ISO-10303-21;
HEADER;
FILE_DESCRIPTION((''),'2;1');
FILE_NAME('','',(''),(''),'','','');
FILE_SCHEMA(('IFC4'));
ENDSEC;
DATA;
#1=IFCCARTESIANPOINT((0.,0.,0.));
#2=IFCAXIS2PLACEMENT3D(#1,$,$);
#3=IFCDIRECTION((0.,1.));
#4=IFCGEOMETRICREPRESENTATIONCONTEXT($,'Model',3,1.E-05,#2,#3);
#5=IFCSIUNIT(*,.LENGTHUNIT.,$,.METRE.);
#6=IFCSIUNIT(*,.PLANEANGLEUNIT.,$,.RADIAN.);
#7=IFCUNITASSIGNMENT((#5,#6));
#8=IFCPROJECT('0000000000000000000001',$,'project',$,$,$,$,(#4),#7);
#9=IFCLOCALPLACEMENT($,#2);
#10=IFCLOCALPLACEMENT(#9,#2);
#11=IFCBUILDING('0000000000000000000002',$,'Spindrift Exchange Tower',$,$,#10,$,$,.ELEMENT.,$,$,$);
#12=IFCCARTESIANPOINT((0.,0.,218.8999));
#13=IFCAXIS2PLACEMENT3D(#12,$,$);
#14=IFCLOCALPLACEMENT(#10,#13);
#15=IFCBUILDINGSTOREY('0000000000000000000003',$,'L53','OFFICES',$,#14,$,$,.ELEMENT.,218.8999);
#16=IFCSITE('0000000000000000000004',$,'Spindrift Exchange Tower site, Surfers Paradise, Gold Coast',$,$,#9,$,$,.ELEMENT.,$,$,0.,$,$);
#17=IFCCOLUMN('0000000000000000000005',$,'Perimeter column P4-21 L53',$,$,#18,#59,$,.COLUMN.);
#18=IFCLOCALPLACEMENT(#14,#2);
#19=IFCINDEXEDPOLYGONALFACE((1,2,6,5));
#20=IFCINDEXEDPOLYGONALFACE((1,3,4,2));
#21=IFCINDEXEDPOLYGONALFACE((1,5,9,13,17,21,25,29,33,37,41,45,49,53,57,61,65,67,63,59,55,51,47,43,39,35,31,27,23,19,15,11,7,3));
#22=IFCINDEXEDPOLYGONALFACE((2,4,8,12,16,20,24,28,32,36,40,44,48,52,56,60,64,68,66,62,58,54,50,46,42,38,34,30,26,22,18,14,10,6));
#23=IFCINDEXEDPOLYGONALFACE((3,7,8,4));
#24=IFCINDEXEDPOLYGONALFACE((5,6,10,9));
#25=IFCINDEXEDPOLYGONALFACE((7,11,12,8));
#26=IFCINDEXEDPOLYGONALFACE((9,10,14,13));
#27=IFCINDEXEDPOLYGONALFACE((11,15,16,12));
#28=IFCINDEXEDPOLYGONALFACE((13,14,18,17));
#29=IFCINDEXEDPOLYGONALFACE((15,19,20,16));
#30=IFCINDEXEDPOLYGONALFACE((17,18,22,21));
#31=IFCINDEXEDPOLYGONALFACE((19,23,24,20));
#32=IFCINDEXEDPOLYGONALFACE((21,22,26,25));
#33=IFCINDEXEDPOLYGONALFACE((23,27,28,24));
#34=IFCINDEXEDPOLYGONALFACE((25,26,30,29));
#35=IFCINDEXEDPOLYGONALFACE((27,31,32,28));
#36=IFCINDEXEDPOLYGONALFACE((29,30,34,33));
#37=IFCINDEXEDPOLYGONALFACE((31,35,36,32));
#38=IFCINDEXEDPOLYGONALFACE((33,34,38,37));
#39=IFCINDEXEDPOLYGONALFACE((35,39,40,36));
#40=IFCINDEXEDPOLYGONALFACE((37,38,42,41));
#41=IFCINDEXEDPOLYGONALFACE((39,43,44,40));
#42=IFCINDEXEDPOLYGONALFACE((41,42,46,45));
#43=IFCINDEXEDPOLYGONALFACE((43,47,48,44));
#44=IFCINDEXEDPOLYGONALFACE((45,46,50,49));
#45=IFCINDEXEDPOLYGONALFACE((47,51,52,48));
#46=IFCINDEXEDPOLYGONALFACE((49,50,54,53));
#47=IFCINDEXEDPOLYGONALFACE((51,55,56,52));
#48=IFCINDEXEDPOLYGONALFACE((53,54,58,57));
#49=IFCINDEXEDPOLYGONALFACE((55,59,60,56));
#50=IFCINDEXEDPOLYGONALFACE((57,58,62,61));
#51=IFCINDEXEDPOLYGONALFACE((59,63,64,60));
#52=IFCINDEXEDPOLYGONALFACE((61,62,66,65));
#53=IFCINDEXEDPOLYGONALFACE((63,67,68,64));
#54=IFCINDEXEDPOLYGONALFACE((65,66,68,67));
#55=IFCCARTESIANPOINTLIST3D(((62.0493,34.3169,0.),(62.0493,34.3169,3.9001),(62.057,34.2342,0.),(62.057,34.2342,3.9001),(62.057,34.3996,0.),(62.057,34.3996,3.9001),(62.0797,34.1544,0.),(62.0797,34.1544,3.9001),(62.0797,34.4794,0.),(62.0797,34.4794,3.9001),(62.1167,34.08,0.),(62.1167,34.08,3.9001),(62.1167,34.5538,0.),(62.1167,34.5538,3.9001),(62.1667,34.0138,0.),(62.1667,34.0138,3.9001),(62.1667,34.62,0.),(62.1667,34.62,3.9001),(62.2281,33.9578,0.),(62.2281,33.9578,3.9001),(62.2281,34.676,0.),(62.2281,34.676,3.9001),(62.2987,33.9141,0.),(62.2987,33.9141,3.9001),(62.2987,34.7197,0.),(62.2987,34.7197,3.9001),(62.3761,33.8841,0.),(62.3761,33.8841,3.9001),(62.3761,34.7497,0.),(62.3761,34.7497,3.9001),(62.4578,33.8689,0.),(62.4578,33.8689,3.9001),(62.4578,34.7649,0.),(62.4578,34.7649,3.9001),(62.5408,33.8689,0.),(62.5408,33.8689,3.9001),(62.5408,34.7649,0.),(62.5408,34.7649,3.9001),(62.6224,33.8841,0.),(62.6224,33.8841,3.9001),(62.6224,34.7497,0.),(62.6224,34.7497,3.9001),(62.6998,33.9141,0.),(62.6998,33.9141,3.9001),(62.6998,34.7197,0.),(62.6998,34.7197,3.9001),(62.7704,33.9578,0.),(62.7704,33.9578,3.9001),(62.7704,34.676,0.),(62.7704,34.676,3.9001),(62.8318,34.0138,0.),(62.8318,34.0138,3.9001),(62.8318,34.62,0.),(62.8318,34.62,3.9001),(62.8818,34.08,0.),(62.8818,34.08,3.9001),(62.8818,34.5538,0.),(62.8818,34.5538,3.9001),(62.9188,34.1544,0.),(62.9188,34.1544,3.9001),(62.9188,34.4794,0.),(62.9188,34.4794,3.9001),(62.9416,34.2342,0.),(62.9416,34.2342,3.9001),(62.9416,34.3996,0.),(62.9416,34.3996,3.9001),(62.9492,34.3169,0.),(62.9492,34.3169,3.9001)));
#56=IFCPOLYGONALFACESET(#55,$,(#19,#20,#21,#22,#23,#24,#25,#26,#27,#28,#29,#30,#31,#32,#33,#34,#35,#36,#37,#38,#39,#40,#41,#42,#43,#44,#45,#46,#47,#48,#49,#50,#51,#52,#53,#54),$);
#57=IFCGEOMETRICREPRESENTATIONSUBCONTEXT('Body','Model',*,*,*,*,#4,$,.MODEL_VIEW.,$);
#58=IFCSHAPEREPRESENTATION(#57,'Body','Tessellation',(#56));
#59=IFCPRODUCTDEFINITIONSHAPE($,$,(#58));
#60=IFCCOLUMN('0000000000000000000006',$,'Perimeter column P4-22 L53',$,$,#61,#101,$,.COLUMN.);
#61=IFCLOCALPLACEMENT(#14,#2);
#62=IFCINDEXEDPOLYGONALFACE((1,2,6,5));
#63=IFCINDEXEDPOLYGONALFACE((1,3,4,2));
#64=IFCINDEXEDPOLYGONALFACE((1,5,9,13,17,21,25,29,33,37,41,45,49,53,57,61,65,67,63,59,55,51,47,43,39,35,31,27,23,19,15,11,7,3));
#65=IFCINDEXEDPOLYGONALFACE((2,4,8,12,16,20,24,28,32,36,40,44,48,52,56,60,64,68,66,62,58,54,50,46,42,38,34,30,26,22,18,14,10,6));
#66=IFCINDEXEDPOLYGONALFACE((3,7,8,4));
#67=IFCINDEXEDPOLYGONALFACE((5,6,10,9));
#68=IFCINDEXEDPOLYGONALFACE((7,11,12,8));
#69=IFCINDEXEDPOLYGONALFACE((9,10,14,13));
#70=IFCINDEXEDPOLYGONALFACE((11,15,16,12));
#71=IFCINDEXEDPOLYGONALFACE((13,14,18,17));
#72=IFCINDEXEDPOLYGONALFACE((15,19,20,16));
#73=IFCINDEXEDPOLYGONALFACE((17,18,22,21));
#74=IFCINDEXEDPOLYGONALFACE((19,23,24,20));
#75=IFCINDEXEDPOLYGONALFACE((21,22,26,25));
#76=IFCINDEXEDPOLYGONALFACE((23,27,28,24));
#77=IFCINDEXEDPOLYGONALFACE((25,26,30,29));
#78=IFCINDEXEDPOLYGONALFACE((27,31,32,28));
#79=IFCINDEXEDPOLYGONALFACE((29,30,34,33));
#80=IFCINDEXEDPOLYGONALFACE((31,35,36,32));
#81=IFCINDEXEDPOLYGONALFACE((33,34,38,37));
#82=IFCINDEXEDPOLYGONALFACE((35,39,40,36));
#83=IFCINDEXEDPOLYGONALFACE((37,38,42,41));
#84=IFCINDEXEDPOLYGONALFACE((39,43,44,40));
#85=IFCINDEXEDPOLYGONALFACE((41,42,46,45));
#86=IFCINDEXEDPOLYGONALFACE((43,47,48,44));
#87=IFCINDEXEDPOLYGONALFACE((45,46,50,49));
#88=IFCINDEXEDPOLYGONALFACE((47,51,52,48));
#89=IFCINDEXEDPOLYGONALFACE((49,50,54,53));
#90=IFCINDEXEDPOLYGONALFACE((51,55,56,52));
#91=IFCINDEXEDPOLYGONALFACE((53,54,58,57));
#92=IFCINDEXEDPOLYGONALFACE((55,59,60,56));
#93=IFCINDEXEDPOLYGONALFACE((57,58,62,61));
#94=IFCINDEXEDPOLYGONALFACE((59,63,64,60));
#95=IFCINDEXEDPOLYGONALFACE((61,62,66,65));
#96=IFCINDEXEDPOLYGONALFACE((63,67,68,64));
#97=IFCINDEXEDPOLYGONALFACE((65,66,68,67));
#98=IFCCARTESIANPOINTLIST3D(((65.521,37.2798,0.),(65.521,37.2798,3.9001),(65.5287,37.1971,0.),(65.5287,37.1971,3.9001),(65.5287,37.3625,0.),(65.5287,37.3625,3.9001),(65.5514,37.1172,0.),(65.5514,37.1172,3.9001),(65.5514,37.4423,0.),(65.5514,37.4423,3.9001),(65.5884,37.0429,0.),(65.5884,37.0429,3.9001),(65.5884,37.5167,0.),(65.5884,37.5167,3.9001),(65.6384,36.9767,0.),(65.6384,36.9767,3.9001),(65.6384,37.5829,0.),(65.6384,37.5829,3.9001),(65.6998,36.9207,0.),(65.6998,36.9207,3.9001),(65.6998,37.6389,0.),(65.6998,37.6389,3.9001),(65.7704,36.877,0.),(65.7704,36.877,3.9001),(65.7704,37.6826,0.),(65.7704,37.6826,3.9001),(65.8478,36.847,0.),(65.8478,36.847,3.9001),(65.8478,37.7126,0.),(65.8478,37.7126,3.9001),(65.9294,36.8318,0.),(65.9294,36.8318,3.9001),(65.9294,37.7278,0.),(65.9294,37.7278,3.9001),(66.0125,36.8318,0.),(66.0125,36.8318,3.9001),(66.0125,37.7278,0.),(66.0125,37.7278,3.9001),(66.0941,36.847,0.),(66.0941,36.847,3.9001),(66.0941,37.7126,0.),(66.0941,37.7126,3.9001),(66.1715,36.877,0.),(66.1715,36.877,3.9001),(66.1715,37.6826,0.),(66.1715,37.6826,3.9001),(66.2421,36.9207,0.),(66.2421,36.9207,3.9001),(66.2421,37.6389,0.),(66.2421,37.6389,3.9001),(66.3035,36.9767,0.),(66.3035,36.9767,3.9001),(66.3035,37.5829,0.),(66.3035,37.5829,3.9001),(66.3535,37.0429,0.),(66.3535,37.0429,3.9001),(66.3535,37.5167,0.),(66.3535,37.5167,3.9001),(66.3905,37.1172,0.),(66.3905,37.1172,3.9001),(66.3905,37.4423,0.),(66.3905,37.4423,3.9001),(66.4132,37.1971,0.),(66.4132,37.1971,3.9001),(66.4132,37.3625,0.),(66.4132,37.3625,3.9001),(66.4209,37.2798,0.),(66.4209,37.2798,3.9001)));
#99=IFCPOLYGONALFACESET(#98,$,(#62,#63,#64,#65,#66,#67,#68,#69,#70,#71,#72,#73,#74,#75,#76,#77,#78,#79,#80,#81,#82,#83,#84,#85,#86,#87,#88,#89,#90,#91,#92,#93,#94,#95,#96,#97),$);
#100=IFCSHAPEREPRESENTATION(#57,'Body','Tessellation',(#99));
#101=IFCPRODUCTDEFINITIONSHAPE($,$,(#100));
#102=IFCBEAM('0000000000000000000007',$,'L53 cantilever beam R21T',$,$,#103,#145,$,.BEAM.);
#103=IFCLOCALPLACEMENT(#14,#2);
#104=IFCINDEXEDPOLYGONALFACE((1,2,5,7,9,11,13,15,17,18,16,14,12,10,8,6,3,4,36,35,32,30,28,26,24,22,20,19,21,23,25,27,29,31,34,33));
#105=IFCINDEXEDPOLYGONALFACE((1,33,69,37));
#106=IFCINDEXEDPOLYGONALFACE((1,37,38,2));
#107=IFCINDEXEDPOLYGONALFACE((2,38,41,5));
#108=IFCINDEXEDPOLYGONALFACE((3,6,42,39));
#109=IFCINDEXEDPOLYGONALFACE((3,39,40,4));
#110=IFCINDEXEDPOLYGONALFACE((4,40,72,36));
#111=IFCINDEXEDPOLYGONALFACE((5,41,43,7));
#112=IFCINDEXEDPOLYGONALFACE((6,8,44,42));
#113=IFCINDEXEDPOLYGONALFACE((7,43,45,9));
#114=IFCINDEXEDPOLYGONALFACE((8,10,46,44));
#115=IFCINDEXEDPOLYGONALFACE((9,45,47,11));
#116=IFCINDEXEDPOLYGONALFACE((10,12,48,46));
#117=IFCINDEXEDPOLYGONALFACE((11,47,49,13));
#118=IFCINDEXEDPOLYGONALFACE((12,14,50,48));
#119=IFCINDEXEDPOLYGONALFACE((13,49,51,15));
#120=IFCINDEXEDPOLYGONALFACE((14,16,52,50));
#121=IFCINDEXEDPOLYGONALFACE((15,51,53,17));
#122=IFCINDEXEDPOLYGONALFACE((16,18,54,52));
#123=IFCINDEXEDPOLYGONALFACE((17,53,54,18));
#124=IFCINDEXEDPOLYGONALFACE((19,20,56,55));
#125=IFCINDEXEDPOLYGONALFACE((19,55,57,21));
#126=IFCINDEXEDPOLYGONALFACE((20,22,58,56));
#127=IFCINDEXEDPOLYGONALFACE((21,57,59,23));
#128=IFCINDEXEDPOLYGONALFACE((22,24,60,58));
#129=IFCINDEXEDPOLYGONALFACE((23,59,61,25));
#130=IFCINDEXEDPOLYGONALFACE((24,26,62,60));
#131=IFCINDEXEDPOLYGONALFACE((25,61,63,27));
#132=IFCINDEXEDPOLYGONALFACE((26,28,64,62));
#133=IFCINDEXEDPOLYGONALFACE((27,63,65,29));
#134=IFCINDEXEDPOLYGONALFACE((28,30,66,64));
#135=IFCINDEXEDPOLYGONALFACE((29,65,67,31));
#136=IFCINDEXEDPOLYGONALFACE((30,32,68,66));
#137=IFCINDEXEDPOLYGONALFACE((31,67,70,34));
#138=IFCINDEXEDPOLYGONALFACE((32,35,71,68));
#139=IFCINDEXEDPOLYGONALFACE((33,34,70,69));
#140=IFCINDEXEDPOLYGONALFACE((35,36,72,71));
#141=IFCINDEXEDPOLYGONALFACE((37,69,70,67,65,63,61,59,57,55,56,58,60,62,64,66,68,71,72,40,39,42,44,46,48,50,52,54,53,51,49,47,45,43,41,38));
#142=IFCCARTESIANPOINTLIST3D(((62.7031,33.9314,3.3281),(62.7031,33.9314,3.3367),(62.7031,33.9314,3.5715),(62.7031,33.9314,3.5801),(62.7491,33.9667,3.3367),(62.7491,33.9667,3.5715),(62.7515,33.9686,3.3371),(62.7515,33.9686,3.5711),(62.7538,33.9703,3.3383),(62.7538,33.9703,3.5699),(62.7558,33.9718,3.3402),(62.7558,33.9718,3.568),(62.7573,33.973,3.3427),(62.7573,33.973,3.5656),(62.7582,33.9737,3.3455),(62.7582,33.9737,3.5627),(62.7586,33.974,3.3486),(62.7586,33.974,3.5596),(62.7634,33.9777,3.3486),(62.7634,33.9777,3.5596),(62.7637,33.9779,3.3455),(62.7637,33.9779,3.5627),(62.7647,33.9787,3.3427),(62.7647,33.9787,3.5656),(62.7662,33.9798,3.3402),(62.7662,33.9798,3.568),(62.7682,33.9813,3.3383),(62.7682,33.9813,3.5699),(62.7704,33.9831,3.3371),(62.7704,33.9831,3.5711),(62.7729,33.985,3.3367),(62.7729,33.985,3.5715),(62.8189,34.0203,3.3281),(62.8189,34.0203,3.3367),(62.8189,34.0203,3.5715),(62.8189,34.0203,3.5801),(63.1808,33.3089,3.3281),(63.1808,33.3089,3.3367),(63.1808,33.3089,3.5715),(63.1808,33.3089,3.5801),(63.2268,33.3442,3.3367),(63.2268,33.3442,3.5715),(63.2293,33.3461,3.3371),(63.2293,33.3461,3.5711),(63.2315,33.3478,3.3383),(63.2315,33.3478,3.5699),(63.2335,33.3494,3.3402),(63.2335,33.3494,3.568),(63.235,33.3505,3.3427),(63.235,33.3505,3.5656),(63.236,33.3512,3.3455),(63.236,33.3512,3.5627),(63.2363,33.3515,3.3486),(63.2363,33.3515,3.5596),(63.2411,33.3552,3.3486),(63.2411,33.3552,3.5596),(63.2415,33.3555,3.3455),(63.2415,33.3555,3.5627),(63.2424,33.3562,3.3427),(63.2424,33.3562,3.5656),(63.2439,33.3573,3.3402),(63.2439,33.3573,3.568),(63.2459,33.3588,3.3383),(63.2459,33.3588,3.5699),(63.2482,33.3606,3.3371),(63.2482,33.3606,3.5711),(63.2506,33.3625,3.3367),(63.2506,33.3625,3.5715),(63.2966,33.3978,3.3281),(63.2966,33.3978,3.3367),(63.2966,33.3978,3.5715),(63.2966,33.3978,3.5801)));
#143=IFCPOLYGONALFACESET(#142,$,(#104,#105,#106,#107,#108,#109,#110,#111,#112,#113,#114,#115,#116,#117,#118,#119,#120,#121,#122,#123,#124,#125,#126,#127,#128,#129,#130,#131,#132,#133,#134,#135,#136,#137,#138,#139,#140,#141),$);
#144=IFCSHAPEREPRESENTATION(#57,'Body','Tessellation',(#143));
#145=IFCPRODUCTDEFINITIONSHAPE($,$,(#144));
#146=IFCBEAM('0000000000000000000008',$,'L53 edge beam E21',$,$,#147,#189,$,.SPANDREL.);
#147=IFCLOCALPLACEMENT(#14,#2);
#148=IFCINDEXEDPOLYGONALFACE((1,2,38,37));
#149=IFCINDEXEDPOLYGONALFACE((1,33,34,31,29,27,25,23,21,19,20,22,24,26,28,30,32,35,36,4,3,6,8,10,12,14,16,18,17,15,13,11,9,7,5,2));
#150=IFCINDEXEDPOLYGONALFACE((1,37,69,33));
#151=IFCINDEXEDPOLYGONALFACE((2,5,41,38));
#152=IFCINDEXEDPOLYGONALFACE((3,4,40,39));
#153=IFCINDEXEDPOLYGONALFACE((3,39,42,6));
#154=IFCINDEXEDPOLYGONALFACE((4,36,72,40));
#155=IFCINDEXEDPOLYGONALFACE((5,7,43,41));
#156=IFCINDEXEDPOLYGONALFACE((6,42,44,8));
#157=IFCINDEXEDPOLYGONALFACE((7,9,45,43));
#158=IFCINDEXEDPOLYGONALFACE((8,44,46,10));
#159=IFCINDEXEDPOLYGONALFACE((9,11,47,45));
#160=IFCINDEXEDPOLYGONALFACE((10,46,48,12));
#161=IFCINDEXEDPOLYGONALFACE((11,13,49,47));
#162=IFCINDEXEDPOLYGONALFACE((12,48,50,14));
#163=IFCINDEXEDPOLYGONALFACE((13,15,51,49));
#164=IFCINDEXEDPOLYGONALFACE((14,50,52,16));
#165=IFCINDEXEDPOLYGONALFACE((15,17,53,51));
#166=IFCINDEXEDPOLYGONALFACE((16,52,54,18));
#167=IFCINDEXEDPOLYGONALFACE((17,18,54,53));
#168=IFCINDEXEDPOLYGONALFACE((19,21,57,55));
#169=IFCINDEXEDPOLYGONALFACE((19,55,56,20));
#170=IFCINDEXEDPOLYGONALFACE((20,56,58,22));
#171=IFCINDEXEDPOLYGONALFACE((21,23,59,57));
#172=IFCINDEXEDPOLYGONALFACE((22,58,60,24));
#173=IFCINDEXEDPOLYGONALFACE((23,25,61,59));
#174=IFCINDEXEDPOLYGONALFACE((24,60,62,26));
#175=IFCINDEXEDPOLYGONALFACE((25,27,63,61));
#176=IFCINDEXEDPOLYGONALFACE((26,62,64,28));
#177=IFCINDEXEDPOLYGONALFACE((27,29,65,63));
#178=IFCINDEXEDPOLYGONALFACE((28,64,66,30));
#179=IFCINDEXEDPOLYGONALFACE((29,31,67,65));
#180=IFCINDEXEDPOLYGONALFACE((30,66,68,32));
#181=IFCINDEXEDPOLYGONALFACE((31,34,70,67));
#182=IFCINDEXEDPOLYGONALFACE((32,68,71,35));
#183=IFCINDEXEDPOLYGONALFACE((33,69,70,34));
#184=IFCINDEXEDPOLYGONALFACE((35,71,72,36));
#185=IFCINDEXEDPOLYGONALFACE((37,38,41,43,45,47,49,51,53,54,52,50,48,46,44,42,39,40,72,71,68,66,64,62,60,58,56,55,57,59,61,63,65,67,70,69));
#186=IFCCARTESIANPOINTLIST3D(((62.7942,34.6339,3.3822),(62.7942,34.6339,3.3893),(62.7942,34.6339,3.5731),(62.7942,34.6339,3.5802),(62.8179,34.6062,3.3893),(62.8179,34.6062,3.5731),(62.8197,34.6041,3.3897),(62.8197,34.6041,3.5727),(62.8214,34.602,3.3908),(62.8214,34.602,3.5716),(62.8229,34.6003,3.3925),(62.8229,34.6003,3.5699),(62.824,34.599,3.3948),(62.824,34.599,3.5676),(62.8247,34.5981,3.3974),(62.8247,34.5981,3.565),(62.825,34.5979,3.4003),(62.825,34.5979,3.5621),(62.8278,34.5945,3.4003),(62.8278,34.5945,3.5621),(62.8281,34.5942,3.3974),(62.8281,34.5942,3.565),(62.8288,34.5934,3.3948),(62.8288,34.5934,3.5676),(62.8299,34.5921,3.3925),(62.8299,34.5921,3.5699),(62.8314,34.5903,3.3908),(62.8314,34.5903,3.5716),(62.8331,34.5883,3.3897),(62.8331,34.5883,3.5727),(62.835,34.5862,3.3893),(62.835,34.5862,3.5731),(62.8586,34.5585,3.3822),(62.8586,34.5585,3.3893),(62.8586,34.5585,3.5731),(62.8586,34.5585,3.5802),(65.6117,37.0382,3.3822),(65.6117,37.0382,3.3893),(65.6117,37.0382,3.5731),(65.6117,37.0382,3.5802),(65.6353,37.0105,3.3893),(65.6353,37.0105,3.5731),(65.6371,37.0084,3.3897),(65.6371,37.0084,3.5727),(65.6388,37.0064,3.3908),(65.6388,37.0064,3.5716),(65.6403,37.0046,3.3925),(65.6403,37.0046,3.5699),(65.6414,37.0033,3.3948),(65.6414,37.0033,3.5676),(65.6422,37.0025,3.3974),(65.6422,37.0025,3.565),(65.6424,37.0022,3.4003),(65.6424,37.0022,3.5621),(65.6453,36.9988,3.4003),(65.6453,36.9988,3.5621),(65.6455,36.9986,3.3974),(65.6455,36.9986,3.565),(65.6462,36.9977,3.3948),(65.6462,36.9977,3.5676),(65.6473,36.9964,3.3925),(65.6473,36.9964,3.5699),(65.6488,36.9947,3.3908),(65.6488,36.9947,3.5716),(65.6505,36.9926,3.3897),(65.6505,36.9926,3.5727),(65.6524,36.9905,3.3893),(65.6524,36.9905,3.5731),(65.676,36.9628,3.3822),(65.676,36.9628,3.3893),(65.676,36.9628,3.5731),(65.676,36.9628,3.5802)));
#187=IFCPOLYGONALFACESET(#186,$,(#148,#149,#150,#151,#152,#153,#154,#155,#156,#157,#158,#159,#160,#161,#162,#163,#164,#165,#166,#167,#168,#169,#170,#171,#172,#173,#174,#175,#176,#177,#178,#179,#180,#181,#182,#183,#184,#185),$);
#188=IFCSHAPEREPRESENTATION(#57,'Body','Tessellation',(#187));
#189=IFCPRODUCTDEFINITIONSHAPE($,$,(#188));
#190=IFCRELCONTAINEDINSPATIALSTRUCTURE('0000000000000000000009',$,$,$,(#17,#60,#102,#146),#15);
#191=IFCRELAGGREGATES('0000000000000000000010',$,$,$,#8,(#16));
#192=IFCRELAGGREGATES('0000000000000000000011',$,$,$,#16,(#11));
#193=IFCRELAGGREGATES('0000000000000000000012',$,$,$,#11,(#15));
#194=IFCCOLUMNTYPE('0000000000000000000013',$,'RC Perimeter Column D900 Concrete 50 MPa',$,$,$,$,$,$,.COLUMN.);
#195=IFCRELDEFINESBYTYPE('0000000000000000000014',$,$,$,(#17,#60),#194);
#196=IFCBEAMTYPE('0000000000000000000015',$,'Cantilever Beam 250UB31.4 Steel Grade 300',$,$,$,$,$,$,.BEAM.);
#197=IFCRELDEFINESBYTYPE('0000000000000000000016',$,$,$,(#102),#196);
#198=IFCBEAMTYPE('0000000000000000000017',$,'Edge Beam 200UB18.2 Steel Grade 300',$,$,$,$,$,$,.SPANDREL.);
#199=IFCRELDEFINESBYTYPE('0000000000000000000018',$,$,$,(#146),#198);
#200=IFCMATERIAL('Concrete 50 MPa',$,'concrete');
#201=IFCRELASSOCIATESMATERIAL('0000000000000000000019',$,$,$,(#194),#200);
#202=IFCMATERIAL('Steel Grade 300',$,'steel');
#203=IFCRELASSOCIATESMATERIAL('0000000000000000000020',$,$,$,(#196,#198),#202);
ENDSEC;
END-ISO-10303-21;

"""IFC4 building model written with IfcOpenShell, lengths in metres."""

from ifc_helpers import new_model, si_unit, direction, frame, origin, origin_2d, place, context, subcontext, project, spatial, circle, i_section, extrude, source, transform, mapped, material, material_profile, profile_set, type_object, element, save


model = new_model("IFC4")

# Units and contexts
model_context = context("Model", 3, precision=1e-05, world=origin(), true_north=direction((0.0, 1.0)))
body_context = subcontext(model_context, "Body", "Model", "MODEL_VIEW")
ifc_project = project(units=[si_unit("LENGTHUNIT", "METRE"), si_unit("PLANEANGLEUNIT", "RADIAN")], contexts=[model_context])

# Site, building, storey
site_placement = place(None, origin())
site = spatial("IfcSite", under=ifc_project, at=site_placement, Name="Spindrift Exchange Tower site, Surfers Paradise, Gold Coast", CompositionType="ELEMENT", RefElevation=0.0)
building_placement = place(site_placement, origin())
building = spatial("IfcBuilding", under=site, at=building_placement, Name="Spindrift Exchange Tower", CompositionType="ELEMENT")
storey_placement = place(building_placement, frame((0.0, 0.0, 218.8999)))
storey = spatial("IfcBuildingStorey", under=building, at=storey_placement, Name="L53", Description="OFFICES", CompositionType="ELEMENT", Elevation=218.8999)

# Columns
ifc_material_1 = material(Name="Concrete 50 MPa", Category="concrete")
ifc_material_profile_1 = material_profile(ifc_material_1, circle(Radius=0.45, at=origin_2d()), Name="RC D900")
ifc_profile_set_1 = profile_set([ifc_material_profile_1], Name="Concrete 50 MPa")
column_type = type_object("IfcColumnType", Name="RC Perimeter Column D900 Concrete 50 MPa", PredefinedType="COLUMN", material=ifc_profile_set_1)
shared_shape_1 = source(origin(), body_context, "Body", "SweptSolid", [
    extrude(circle(Radius=0.45, at=origin_2d()), origin(), (0.0, 0.0, 1.0), 3.9001),
])
for number, where, z_axis, x_axis, name in (
    (1, (62.4993, 34.3169, 0.0), (0.0, 0.0, 1.0), (1.0, 0.0, 0.0), "Perimeter column P4-21 L53"),
    (2, (65.9709, 37.2798, 0.0), (0.0, 0.0, 1.0), (1.0, 0.0, 0.0), "Perimeter column P4-22 L53"),
):
    element("IfcColumn", number, at=place(storey_placement, frame(where, z_axis=z_axis, x_axis=x_axis)), inside=storey, type_object=column_type, Name=name, PredefinedType="COLUMN", context=body_context, shape_type="MappedRepresentation", body=[
        mapped(shared_shape_1, transform((0.0, 0.0, 0.0), scale=1.0)),
    ])

# Beams
ifc_material_2 = material(Name="Steel Grade 300", Category="steel")
ifc_material_profile_2 = material_profile(ifc_material_2, i_section(OverallWidth=0.146, OverallDepth=0.252, WebThickness=0.0061, FlangeThickness=0.0085, FilletRadius=0.012, at=origin_2d()), Name="250UB31.4")
ifc_profile_set_2 = profile_set([ifc_material_profile_2], Name="Steel Grade 300")
beam_type_1 = type_object("IfcBeamType", Name="Cantilever Beam 250UB31.4 Steel Grade 300", PredefinedType="BEAM", material=ifc_profile_set_2)
shared_shape_2 = source(origin(), body_context, "Body", "SweptSolid", [
    extrude(i_section(OverallWidth=0.146, OverallDepth=0.252, WebThickness=0.0061, FlangeThickness=0.0085, FilletRadius=0.012, at=origin_2d()), origin(), (0.0, 0.0, 1.0), 0.7847),
])
beam_1_placement = place(storey_placement, frame((62.761, 33.9758, 3.4541), z_axis=(0.608823, -0.793306, 0.0), x_axis=(0.793306, 0.608823, 0.0)))
element("IfcBeam", 3, at=beam_1_placement, inside=storey, type_object=beam_type_1, Name="L53 cantilever beam R21T", PredefinedType="BEAM", context=body_context, shape_type="MappedRepresentation", body=[
    mapped(shared_shape_2, transform((0.0, 0.0, 0.0), scale=1.0)),
])
ifc_material_profile_3 = material_profile(ifc_material_2, i_section(OverallWidth=0.0991, OverallDepth=0.198, WebThickness=0.0044, FlangeThickness=0.0071, FilletRadius=0.011, at=origin_2d()), Name="200UB18.2")
ifc_profile_set_3 = profile_set([ifc_material_profile_3], Name="Steel Grade 300")
beam_type_2 = type_object("IfcBeamType", Name="Edge Beam 200UB18.2 Steel Grade 300", PredefinedType="SPANDREL", material=ifc_profile_set_3)
shared_shape_3 = source(origin(), body_context, "Body", "SweptSolid", [
    extrude(i_section(OverallWidth=0.0991, OverallDepth=0.198, WebThickness=0.0044, FlangeThickness=0.0071, FilletRadius=0.011, at=origin_2d()), origin(), (0.0, 0.0, 1.0), 3.7039),
])
beam_2_placement = place(storey_placement, frame((62.8264, 34.5962, 3.4812), z_axis=(0.760669, 0.64914, 0.0), x_axis=(-0.64914, 0.760669, 0.0)))
element("IfcBeam", 4, at=beam_2_placement, inside=storey, type_object=beam_type_2, Name="L53 edge beam E21", PredefinedType="SPANDREL", context=body_context, shape_type="MappedRepresentation", body=[
    mapped(shared_shape_3, transform((0.0, 0.0, 0.0), scale=1.0)),
])

save(model, "model.ifc")
